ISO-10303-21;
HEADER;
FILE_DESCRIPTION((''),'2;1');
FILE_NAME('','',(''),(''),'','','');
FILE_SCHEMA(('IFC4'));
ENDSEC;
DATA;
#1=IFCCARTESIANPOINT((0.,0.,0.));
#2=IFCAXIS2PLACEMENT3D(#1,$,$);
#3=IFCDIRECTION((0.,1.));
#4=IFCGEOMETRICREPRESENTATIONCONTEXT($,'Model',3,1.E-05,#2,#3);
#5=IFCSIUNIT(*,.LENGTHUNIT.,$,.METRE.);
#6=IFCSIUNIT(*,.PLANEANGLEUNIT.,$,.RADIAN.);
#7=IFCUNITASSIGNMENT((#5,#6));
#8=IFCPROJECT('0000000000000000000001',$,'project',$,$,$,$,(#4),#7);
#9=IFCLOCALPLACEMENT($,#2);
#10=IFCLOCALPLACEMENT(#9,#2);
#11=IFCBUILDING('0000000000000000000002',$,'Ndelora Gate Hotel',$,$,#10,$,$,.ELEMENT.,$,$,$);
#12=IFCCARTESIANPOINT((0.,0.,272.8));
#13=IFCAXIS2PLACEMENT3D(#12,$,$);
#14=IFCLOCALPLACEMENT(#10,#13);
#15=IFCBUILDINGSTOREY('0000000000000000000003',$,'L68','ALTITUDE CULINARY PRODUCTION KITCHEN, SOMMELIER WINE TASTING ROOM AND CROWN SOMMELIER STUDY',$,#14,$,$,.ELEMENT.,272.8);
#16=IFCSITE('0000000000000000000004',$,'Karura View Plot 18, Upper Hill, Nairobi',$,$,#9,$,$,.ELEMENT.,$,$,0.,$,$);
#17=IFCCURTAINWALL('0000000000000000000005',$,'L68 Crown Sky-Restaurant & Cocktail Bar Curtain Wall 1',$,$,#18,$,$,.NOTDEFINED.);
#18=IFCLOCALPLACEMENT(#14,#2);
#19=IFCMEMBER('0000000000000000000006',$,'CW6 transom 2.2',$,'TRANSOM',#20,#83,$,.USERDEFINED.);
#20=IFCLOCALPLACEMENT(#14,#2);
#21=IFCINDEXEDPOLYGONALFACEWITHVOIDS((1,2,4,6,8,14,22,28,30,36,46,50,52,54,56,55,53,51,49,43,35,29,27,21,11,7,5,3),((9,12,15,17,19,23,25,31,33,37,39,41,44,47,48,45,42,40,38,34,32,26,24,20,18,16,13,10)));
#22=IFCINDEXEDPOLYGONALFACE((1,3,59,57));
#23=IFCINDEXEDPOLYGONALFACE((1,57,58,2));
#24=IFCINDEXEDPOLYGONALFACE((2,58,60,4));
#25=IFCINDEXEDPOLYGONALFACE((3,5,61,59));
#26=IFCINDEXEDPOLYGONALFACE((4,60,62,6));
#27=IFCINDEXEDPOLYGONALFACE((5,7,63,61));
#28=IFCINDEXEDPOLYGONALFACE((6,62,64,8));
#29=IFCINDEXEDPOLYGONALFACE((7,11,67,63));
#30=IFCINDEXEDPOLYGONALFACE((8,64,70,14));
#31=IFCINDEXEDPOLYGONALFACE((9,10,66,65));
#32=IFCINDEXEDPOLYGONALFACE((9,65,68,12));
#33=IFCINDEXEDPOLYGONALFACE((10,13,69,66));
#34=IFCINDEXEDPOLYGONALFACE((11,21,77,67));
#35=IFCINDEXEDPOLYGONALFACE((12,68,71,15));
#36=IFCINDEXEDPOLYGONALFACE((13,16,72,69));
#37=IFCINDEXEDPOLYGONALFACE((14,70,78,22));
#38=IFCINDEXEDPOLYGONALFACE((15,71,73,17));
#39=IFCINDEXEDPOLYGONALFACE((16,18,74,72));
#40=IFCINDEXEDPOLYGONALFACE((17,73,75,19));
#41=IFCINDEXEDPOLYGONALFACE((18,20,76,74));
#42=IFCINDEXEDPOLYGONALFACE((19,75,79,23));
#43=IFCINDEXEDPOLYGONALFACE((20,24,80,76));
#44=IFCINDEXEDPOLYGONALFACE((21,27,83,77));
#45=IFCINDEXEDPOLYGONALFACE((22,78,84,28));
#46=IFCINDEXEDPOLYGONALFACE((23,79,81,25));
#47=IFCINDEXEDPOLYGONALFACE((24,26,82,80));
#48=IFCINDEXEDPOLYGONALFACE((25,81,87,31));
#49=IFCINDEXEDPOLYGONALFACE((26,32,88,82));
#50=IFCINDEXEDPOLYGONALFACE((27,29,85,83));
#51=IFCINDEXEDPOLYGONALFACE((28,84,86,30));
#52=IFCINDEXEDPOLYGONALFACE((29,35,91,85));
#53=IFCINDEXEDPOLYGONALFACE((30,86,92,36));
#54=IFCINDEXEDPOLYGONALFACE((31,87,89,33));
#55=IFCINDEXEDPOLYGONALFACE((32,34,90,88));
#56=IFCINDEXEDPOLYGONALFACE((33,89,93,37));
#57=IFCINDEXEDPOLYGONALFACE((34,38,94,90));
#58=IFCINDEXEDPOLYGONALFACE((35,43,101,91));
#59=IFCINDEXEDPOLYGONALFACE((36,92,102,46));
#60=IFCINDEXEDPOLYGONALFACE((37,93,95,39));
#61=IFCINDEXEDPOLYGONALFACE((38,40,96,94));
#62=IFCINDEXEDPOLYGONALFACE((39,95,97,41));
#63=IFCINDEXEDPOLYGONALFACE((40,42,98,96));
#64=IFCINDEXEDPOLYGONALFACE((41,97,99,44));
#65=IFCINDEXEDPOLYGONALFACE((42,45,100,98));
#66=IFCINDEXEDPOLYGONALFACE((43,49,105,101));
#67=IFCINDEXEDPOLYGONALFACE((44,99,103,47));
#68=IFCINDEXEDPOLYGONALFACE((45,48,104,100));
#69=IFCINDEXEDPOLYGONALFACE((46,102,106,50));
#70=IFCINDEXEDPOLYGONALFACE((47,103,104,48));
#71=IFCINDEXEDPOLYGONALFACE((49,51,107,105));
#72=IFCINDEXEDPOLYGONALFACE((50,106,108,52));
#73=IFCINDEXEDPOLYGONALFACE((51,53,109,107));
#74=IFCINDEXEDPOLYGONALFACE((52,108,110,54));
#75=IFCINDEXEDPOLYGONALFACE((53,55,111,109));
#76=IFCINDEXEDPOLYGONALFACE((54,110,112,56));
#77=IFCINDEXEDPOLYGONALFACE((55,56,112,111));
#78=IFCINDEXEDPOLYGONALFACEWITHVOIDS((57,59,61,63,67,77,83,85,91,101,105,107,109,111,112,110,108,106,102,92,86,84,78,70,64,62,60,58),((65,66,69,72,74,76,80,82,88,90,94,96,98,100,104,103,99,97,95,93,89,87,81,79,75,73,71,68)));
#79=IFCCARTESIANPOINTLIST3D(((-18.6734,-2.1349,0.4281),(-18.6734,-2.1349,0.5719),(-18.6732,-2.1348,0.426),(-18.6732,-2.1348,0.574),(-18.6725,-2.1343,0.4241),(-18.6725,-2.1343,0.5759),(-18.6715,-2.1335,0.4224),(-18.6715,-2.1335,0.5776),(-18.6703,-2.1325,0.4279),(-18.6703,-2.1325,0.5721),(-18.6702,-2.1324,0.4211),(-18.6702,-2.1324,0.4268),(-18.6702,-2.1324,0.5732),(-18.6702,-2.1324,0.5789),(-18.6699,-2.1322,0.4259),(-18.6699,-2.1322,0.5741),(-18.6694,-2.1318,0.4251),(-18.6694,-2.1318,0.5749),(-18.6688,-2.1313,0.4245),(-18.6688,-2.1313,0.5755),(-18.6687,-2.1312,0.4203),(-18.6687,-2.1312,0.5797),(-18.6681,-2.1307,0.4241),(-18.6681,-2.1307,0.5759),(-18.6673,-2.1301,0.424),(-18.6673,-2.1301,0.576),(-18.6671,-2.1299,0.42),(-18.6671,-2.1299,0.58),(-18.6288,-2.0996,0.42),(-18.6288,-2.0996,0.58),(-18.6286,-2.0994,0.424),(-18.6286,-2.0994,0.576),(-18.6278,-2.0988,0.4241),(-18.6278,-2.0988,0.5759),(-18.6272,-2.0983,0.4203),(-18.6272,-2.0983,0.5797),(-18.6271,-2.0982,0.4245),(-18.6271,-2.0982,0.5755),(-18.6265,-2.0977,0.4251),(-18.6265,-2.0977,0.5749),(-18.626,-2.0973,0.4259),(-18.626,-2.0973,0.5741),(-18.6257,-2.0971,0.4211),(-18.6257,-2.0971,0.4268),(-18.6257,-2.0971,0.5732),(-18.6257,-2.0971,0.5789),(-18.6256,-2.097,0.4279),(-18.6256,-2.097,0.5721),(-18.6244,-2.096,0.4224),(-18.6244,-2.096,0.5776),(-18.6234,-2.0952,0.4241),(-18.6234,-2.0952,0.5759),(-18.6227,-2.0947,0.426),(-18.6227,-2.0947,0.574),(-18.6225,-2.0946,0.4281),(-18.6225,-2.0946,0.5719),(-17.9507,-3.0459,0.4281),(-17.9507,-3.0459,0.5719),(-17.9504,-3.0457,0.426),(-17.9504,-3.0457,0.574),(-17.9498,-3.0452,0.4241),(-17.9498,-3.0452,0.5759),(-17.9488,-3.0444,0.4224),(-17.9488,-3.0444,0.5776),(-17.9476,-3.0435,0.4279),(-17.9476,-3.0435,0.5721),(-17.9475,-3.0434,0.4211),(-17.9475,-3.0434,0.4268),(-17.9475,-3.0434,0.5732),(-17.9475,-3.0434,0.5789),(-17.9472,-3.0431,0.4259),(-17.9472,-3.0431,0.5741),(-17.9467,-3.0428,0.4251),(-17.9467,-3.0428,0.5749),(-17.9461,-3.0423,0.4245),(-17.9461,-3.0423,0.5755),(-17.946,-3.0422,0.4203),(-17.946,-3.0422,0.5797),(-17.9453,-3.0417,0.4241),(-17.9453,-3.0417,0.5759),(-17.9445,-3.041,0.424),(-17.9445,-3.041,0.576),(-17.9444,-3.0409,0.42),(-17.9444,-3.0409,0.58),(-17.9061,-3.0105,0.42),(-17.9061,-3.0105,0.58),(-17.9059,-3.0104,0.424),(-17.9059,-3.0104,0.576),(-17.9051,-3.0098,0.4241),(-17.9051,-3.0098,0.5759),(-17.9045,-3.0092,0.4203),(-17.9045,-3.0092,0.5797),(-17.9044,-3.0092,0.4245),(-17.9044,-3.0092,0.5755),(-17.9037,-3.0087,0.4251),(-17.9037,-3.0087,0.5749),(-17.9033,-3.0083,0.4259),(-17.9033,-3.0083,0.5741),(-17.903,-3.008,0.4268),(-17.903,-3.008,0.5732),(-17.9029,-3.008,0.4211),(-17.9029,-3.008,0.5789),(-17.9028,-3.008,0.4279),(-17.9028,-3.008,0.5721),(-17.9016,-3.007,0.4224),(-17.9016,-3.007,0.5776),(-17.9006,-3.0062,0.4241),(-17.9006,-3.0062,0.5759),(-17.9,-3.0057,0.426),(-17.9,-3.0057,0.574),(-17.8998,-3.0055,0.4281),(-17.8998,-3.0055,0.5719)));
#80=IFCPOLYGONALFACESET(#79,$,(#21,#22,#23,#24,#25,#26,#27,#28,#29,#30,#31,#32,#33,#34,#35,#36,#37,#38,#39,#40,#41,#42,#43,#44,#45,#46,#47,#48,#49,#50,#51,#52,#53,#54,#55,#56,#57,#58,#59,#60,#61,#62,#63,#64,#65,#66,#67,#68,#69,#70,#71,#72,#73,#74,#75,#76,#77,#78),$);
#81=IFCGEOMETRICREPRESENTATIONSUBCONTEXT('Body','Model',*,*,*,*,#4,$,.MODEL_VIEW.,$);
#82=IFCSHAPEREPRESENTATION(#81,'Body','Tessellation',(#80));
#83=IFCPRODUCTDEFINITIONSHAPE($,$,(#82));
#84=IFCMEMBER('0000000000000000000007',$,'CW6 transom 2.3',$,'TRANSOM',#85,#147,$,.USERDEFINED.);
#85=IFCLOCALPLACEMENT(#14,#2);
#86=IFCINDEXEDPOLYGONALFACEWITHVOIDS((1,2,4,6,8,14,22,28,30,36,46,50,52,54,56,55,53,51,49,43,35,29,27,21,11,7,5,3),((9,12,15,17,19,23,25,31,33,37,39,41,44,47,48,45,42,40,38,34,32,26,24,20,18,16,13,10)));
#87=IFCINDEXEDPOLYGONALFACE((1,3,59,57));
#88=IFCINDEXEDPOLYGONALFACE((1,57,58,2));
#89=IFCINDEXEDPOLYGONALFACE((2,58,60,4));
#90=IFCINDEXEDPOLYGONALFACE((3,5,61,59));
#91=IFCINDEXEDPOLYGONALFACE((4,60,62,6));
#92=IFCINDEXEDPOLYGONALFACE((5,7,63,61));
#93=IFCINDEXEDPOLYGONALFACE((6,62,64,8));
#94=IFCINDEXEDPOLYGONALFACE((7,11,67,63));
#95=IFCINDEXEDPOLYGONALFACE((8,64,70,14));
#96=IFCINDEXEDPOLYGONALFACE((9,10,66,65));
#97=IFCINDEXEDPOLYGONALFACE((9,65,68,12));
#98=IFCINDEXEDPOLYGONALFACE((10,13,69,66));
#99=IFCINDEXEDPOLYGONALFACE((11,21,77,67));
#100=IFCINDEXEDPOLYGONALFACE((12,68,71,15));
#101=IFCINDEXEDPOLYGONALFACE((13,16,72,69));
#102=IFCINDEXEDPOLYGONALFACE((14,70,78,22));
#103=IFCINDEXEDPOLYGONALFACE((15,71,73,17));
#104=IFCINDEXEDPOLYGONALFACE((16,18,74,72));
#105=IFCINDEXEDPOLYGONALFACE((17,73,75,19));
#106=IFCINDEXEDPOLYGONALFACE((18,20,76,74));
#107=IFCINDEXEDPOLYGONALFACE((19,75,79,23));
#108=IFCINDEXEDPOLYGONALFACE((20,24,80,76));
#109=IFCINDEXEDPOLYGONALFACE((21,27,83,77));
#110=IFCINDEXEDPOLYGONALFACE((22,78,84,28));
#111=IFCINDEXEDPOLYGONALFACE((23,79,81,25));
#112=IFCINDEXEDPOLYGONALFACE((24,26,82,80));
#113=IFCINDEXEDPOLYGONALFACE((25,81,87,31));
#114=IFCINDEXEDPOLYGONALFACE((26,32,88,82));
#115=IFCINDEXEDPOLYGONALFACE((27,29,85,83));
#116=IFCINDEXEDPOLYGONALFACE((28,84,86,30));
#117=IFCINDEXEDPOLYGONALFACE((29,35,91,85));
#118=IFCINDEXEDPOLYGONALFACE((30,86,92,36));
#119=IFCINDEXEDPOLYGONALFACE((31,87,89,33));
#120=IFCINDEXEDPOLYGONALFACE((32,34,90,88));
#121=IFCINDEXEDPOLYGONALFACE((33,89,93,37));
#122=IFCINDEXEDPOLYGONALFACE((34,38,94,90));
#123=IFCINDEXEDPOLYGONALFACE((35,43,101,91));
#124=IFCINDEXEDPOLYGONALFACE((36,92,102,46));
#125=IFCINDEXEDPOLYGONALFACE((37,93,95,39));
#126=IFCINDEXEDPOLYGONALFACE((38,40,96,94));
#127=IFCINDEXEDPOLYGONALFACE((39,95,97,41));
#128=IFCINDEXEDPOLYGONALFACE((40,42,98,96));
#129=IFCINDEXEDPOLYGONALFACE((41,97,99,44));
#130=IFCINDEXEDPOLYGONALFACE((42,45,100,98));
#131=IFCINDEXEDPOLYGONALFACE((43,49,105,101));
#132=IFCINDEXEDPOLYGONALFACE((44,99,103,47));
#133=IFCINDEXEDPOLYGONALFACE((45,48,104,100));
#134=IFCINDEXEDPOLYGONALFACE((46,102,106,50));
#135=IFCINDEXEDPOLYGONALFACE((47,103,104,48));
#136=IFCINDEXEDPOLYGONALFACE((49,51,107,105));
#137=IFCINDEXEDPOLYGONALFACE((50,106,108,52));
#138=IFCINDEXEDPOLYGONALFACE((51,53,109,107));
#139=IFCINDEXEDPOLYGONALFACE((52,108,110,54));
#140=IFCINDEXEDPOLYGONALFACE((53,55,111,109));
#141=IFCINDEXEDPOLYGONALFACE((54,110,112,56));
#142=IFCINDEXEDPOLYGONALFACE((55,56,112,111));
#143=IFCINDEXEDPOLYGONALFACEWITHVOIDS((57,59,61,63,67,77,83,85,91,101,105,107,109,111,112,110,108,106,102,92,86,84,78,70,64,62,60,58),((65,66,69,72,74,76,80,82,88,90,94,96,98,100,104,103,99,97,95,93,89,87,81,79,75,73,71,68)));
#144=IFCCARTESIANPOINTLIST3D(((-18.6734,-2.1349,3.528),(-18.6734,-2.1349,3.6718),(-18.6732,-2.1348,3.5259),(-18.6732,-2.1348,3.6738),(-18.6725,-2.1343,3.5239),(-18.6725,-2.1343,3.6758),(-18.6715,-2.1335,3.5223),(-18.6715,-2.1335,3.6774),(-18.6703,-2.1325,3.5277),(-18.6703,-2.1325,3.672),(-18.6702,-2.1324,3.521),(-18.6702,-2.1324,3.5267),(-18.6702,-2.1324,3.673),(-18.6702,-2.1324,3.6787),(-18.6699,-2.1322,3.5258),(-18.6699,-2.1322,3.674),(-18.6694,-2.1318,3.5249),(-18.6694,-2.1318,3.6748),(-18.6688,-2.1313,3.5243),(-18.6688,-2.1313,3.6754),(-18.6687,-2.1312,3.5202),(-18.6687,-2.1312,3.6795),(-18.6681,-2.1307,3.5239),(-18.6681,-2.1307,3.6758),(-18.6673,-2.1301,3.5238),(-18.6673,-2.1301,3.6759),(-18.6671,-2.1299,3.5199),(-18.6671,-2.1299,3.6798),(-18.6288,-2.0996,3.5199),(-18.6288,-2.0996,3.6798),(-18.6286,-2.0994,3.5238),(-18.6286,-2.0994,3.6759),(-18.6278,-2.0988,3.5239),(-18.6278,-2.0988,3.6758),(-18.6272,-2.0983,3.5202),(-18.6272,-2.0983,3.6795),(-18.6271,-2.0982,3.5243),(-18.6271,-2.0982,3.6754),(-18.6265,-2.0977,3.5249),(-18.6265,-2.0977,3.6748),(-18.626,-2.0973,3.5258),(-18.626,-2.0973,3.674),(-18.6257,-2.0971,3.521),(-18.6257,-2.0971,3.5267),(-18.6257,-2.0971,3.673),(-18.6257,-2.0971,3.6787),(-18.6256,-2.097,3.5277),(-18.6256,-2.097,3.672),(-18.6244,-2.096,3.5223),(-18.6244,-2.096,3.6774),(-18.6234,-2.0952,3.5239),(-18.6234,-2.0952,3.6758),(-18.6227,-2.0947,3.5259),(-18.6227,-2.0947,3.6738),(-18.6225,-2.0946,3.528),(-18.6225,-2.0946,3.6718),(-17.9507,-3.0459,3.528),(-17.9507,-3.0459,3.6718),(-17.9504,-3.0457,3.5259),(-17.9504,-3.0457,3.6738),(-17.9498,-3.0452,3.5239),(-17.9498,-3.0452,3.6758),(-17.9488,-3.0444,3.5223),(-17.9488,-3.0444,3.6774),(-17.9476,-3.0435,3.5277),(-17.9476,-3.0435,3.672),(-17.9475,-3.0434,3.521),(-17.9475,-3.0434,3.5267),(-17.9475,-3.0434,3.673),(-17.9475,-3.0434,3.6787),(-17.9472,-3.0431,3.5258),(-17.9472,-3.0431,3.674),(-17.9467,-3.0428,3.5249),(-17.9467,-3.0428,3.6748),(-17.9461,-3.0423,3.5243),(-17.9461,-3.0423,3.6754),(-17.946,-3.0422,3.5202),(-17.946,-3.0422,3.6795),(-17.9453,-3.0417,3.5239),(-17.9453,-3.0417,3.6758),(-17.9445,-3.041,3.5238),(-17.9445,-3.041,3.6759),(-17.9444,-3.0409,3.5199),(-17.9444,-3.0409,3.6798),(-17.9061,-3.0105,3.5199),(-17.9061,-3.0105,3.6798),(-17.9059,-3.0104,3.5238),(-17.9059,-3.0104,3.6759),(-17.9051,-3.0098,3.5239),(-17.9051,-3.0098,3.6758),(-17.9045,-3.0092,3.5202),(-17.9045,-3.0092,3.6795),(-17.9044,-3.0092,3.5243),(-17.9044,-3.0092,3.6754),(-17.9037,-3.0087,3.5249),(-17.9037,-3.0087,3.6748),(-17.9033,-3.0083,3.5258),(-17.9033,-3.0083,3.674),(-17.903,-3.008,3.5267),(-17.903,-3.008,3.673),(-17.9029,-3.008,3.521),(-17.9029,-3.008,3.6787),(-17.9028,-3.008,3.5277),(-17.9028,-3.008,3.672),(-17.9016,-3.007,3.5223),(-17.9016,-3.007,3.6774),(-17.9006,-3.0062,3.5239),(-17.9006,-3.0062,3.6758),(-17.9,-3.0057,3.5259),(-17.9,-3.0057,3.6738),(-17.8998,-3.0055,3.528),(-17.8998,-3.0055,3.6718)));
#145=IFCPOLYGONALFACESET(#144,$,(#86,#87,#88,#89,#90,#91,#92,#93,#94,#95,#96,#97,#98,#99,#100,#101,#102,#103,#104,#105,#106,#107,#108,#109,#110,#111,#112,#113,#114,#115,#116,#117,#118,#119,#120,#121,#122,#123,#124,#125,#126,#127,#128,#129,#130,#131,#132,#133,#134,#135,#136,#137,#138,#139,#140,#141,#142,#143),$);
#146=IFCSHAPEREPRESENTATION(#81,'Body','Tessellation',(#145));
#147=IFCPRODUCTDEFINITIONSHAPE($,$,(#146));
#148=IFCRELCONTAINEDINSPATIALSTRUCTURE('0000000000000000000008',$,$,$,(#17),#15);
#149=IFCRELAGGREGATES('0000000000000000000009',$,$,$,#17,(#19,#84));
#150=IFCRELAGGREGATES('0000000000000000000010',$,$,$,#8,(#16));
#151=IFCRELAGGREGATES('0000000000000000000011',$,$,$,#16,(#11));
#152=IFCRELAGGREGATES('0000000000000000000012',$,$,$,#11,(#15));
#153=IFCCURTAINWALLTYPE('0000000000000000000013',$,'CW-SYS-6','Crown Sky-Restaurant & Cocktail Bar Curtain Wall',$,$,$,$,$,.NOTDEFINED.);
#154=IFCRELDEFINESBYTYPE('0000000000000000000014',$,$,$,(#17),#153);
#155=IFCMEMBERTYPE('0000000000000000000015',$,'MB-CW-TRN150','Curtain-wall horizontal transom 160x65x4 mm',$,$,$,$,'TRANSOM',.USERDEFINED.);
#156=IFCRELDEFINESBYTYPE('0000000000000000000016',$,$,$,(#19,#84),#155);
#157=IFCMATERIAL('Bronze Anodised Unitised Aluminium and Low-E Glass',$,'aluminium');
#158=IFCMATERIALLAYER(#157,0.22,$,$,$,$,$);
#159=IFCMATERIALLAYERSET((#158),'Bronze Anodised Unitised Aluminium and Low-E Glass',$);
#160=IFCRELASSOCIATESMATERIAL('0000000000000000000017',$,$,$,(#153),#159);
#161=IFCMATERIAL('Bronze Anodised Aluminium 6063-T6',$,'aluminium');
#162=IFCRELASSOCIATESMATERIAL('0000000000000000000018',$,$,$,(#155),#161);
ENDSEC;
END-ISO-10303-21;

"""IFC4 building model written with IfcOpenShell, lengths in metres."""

from ifc_helpers import new_model, si_unit, direction, frame, origin, origin_2d, place, context, subcontext, project, spatial, hollow_rectangle, extrude, material, layer, layer_set, material_profile, profile_set, type_object, element, aggregate, save


model = new_model("IFC4")

# Units and contexts
model_context = context("Model", 3, precision=1e-05, world=origin(), true_north=direction((0.0, 1.0)))
body_context = subcontext(model_context, "Body", "Model", "MODEL_VIEW")
ifc_project = project(units=[si_unit("LENGTHUNIT", "METRE"), si_unit("PLANEANGLEUNIT", "RADIAN")], contexts=[model_context])

# Site, building, storey
site_placement = place(None, origin())
site = spatial("IfcSite", under=ifc_project, at=site_placement, Name="Karura View Plot 18, Upper Hill, Nairobi", CompositionType="ELEMENT", RefElevation=0.0)
building_placement = place(site_placement, origin())
building = spatial("IfcBuilding", under=site, at=building_placement, Name="Ndelora Gate Hotel", CompositionType="ELEMENT")
storey_placement = place(building_placement, frame((0.0, 0.0, 272.8)))
storey = spatial("IfcBuildingStorey", under=building, at=storey_placement, Name="L68", Description="ALTITUDE CULINARY PRODUCTION KITCHEN, SOMMELIER WINE TASTING ROOM AND CROWN SOMMELIER STUDY", CompositionType="ELEMENT", Elevation=272.8)

# Curtain wall, members
ifc_material_1 = material(Name="Bronze Anodised Unitised Aluminium and Low-E Glass", Category="aluminium")
ifc_layer_1 = layer(ifc_material_1, 0.22)
ifc_layer_set_1 = layer_set([ifc_layer_1], Name="Bronze Anodised Unitised Aluminium and Low-E Glass")
curtain_wall_type = type_object("IfcCurtainWallType", Name="CW-SYS-6", Description="Crown Sky-Restaurant & Cocktail Bar Curtain Wall", PredefinedType="NOTDEFINED", material=ifc_layer_set_1)
curtain_wall_placement = place(storey_placement, origin())
curtain_wall = element("IfcCurtainWall", 1, at=curtain_wall_placement, inside=storey, type_object=curtain_wall_type, Name="L68 Crown Sky-Restaurant & Cocktail Bar Curtain Wall 1", PredefinedType="NOTDEFINED")
ifc_material_2 = material(Name="Bronze Anodised Aluminium 6063-T6", Category="aluminium")
ifc_material_profile_1 = material_profile(ifc_material_2, hollow_rectangle(XDim=0.0649, YDim=0.1599, WallThickness=0.0039, InnerFilletRadius=0.0039, OuterFilletRadius=0.0081, at=origin_2d()), Name="ALU 160x65x4")
ifc_profile_set_1 = profile_set([ifc_material_profile_1], Name="Bronze Anodised Aluminium 6063-T6")
member_type_1 = type_object("IfcMemberType", Name="MB-CW-TRN150", Description="Curtain-wall horizontal transom 160x65x4 mm", ElementType="TRANSOM", PredefinedType="USERDEFINED", material=ifc_profile_set_1)
member_1_placement = place(storey_placement, frame((-18.6479, -2.1147, 0.5), z_axis=(0.621515, -0.783402, 0.0), x_axis=(0.783402, 0.621515, 0.0)))
member_1 = element("IfcMember", 2, at=member_1_placement, type_object=member_type_1, Name="CW6 transom 2.2", ObjectType="TRANSOM", PredefinedType="USERDEFINED", context=body_context, shape_type="SweptSolid", body=[
    extrude(hollow_rectangle(XDim=0.0649, YDim=0.1599, WallThickness=0.0039, InnerFilletRadius=0.0039, OuterFilletRadius=0.0081, at=origin_2d()), origin(), (0.0, 0.0, 1.0), 1.1628),
])
member_2_placement = place(storey_placement, frame((-18.6479, -2.1147, 3.5999), z_axis=(0.621515, -0.783402, 0.0), x_axis=(0.783402, 0.621515, 0.0)))
member_2 = element("IfcMember", 3, at=member_2_placement, type_object=member_type_1, Name="CW6 transom 2.3", ObjectType="TRANSOM", PredefinedType="USERDEFINED", context=body_context, shape_type="SweptSolid", body=[
    extrude(hollow_rectangle(XDim=0.0649, YDim=0.1599, WallThickness=0.0039, InnerFilletRadius=0.0039, OuterFilletRadius=0.0081, at=origin_2d()), origin(), (0.0, 0.0, 1.0), 1.1628),
])
aggregate(curtain_wall, [member_1, member_2])

save(model, "model.ifc")
